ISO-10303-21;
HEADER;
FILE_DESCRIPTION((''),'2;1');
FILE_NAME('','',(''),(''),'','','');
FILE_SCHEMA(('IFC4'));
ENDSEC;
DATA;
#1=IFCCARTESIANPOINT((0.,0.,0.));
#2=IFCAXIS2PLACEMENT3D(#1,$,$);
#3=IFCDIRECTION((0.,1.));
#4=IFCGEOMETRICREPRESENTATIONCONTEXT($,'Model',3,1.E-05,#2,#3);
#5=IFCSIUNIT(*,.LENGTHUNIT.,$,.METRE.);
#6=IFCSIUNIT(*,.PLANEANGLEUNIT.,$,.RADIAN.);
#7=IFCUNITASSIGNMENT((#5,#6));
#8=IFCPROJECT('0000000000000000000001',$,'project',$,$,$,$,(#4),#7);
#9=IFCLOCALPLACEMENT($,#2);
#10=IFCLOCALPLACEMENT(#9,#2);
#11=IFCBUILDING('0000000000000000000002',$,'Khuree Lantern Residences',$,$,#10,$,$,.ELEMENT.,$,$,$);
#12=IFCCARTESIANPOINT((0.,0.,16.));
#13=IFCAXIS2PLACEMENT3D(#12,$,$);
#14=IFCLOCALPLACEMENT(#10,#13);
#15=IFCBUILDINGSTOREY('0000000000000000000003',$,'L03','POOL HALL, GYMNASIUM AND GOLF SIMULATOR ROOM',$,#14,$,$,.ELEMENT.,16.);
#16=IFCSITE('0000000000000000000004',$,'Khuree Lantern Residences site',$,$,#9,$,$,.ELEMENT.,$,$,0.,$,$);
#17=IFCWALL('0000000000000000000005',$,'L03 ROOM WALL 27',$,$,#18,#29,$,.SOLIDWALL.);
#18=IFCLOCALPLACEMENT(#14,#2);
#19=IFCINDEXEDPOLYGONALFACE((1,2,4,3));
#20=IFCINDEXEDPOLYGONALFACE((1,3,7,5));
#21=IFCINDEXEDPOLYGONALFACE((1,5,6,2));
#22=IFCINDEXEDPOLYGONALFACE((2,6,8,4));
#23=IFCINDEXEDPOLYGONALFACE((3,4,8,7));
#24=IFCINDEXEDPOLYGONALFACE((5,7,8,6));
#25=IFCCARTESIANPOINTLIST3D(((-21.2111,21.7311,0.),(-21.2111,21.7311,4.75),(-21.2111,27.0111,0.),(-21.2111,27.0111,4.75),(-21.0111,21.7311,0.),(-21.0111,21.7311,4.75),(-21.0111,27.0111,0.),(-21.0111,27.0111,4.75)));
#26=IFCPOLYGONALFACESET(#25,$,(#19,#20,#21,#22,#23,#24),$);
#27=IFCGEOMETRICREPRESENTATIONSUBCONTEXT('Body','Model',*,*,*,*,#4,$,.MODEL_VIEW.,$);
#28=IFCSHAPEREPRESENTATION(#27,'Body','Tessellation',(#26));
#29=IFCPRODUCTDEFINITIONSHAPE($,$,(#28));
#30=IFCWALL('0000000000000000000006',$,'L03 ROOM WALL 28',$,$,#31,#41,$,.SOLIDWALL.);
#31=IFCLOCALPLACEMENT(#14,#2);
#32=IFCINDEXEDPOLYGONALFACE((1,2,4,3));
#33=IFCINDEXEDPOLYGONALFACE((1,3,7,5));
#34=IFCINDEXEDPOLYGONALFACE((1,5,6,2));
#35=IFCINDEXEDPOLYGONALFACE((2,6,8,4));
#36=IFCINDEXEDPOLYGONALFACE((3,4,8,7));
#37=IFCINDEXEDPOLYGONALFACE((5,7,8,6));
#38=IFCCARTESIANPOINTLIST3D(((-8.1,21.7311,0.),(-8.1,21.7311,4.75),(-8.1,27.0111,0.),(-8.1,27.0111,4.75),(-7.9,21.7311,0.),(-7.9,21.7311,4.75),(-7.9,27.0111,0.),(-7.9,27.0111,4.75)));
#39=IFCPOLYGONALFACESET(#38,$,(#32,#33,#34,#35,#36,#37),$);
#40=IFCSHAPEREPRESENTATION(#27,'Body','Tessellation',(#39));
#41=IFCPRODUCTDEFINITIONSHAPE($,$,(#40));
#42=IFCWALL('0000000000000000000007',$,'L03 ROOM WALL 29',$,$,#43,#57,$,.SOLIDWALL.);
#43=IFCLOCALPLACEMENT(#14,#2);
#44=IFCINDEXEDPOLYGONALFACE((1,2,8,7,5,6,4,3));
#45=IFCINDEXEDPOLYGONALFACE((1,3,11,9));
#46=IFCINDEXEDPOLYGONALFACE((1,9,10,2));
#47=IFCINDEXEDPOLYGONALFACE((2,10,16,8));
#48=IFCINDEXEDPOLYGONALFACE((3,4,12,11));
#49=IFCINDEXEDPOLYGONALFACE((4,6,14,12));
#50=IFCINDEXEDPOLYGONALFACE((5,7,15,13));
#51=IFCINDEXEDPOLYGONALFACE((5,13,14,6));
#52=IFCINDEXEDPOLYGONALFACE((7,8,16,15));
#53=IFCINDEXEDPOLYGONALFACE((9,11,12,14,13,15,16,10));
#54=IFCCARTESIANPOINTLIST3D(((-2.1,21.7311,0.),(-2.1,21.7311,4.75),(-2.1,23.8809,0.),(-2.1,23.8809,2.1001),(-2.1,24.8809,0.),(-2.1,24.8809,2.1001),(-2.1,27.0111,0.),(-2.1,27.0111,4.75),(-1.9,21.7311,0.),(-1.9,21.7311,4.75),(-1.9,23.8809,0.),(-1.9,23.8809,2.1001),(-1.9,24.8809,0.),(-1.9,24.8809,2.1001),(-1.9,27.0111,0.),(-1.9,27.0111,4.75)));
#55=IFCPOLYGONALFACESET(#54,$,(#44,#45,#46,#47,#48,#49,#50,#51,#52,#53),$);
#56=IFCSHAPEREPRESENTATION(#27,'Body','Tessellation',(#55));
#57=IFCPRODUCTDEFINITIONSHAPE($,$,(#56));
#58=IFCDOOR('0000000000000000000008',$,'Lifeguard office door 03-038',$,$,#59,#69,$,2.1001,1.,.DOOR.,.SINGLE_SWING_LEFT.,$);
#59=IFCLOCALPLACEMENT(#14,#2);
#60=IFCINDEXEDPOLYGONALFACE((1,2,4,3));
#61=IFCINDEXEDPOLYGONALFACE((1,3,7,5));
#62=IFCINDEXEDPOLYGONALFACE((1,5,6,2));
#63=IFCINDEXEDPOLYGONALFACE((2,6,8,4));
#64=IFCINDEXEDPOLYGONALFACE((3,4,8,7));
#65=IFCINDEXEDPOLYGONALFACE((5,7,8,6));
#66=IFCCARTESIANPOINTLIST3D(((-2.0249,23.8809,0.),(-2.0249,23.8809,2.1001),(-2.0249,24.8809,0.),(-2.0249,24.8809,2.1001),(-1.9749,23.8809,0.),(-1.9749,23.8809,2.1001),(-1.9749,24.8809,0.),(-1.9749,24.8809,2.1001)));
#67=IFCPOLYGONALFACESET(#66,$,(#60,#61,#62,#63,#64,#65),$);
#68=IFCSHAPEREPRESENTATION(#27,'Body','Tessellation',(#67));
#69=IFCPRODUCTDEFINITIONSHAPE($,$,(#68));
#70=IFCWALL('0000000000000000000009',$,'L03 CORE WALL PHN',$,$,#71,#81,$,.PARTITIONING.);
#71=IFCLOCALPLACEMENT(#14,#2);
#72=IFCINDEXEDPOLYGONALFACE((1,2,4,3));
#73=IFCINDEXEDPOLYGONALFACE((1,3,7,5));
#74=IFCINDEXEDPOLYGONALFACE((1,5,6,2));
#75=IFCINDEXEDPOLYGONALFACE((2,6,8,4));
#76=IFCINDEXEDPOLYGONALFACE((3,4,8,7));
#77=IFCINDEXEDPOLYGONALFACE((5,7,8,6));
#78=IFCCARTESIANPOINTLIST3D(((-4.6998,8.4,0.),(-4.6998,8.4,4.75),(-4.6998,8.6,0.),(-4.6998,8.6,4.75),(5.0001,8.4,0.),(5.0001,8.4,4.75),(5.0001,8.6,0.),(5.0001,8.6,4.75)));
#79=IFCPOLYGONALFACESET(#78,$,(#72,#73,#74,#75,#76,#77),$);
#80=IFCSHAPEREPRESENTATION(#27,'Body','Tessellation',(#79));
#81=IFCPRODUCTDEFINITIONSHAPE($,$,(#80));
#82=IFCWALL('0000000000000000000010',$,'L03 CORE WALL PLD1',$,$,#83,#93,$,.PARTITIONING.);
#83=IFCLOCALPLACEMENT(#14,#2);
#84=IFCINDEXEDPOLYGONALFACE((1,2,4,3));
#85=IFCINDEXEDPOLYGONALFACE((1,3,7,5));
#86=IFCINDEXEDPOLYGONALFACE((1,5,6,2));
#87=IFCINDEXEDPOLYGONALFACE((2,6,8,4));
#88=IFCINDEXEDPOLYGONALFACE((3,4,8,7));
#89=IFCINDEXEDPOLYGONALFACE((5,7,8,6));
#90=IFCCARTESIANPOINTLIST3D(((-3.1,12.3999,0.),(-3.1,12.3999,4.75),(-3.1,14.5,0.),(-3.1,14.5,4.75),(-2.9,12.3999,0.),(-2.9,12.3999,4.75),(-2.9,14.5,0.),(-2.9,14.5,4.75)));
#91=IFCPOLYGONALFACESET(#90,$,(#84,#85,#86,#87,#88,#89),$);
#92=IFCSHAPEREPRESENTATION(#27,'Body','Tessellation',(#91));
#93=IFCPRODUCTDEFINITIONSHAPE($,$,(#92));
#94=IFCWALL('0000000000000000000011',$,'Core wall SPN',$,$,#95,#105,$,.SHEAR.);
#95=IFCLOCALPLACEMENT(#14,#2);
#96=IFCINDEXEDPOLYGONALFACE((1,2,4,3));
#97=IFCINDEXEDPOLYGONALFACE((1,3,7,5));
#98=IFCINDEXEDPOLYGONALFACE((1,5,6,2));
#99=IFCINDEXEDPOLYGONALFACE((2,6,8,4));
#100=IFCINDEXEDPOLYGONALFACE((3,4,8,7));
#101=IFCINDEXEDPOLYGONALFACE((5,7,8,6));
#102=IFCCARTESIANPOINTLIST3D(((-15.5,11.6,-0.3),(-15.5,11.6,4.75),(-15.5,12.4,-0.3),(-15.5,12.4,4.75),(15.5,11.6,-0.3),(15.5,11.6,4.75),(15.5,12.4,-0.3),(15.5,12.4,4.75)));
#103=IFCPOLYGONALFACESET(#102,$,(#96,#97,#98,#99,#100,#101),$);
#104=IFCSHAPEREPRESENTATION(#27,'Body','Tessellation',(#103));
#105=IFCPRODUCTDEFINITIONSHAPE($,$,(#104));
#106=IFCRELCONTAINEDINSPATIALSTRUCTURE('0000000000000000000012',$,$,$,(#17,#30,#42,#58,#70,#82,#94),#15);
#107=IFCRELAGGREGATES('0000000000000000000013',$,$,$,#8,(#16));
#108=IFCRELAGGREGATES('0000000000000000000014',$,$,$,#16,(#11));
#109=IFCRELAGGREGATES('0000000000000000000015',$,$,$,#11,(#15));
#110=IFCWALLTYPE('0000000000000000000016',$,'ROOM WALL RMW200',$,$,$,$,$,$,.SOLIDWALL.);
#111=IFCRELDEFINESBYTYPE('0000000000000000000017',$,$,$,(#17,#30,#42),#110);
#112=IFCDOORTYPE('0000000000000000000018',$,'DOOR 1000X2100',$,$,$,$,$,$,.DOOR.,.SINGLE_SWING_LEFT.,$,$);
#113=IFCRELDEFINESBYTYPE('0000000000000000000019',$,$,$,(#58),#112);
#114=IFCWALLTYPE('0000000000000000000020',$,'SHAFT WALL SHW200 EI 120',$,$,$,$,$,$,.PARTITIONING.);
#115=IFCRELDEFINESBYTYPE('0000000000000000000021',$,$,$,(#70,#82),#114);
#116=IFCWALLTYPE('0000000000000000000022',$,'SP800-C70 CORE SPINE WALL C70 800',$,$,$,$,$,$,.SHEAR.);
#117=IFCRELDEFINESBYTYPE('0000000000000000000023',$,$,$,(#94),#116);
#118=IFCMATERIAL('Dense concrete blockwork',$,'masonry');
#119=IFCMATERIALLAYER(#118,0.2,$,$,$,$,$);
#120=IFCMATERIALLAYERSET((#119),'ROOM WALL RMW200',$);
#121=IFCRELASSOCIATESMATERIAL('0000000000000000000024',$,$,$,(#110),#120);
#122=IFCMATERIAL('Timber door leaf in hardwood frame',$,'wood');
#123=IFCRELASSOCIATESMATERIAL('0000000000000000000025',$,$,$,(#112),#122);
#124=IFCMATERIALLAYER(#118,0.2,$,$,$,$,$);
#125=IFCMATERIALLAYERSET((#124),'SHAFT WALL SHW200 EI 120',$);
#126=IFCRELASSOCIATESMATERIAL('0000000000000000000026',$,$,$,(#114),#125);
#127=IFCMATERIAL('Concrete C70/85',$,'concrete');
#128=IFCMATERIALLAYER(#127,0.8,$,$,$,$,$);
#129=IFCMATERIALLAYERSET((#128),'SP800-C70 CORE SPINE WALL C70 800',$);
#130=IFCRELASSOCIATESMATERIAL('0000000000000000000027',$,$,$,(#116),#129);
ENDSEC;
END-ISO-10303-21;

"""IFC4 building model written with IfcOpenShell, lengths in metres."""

from ifc_helpers import new_model, si_unit, direction, frame, frame_2d, origin, place, context, subcontext, project, spatial, rectangle, extrude, material, layer, layer_set, type_object, element, fill, save


model = new_model("IFC4")

# Units and contexts
model_context = context("Model", 3, precision=1e-05, world=origin(), true_north=direction((0.0, 1.0)))
body_context = subcontext(model_context, "Body", "Model", "MODEL_VIEW")
ifc_project = project(units=[si_unit("LENGTHUNIT", "METRE"), si_unit("PLANEANGLEUNIT", "RADIAN")], contexts=[model_context])

# Site, building, storey
site_placement = place(None, origin())
site = spatial("IfcSite", under=ifc_project, at=site_placement, Name="Khuree Lantern Residences site", CompositionType="ELEMENT", RefElevation=0.0)
building_placement = place(site_placement, origin())
building = spatial("IfcBuilding", under=site, at=building_placement, Name="Khuree Lantern Residences", CompositionType="ELEMENT")
storey_placement = place(building_placement, frame((0.0, 0.0, 16.0)))
storey = spatial("IfcBuildingStorey", under=building, at=storey_placement, Name="L03", Description="POOL HALL, GYMNASIUM AND GOLF SIMULATOR ROOM", CompositionType="ELEMENT", Elevation=16.0)

# Shared definitions
ifc_material_1 = material(Name="Concrete C70/85", Category="concrete")

# Shared definitions
ifc_material_2 = material(Name="Dense concrete blockwork", Category="masonry")

# Shared definitions
ifc_layer_1 = layer(ifc_material_2, 0.2)
ifc_layer_set_1 = layer_set([ifc_layer_1], Name="ROOM WALL RMW200")
wall_type_1 = type_object("IfcWallType", Name="ROOM WALL RMW200", PredefinedType="SOLIDWALL", material=ifc_layer_set_1)

# Shared definitions
ifc_material_3 = material(Name="Timber door leaf in hardwood frame", Category="wood")
door_type_1 = type_object("IfcDoorType", Name="DOOR 1000X2100", OperationType="SINGLE_SWING_LEFT", PredefinedType="DOOR", material=ifc_material_3)

# Walls
for number, where, z_axis, x_axis, name in (
    (1, (-21.1111, 21.731, 0.0), (0.0, 0.0, 1.0), (0.0, 1.0, 0.0), "L03 ROOM WALL 27"),
    (2, (-8.0, 21.731, 0.0), (0.0, 0.0, 1.0), (0.0, 1.0, 0.0), "L03 ROOM WALL 28"),
):
    element("IfcWall", number, at=place(storey_placement, frame(where, z_axis=z_axis, x_axis=x_axis)), inside=storey, type_object=wall_type_1, Name=name, PredefinedType="SOLIDWALL", context=body_context, shape_type="SweptSolid", body=[
        extrude(rectangle(XDim=5.28, YDim=0.2, at=frame_2d((2.6401, 0.0))), origin(), (0.0, 0.0, 1.0), 4.75),
    ])

# Wall, opening, door
wall_1_placement = place(storey_placement, frame((-2.0, 21.731, 0.0), z_axis=(0.0, 0.0, 1.0), x_axis=(0.0, 1.0, 0.0)))
wall_1 = element("IfcWall", 3, at=wall_1_placement, inside=storey, type_object=wall_type_1, Name="L03 ROOM WALL 29", PredefinedType="SOLIDWALL", context=body_context, shape_type="SweptSolid", body=[
    extrude(rectangle(XDim=5.28, YDim=0.2, at=frame_2d((2.6401, 0.0))), origin(), (0.0, 0.0, 1.0), 4.75),
])
opening_1_placement = place(wall_1_placement, frame((2.1499, 0.0, 0.0)))
opening_1 = element("IfcOpeningElement", 4, at=opening_1_placement, cuts=wall_1, PredefinedType="OPENING", context=body_context, shape_type="SweptSolid", body=[
    extrude(rectangle(XDim=1.0, YDim=2.1001, at=frame_2d((0.5, 1.05))), frame((0.0, 0.1099, 0.0), z_axis=(0.0, -1.0, 0.0), x_axis=(1.0, 0.0, 0.0)), (0.0, 0.0, 1.0), 0.22),
])
door_1_placement = place(opening_1_placement, origin())
door_1 = element("IfcDoor", 5, at=door_1_placement, inside=storey, type_object=door_type_1, Name="Lifeguard office door 03-038", OperationType="SINGLE_SWING_LEFT", OverallHeight=2.1001, OverallWidth=1.0, PredefinedType="DOOR", context=body_context, shape_type="SweptSolid", body=[
    extrude(rectangle(XDim=1.0, YDim=2.1001, at=frame_2d((0.5, 1.05))), frame((0.0, 0.0249, 0.0), z_axis=(0.0, -1.0, 0.0), x_axis=(1.0, 0.0, 0.0)), (0.0, 0.0, 1.0), 0.05),
])
fill(opening_1, door_1)

# Walls
ifc_layer_2 = layer(ifc_material_2, 0.2)
ifc_layer_set_2 = layer_set([ifc_layer_2], Name="SHAFT WALL SHW200 EI 120")
wall_type_2 = type_object("IfcWallType", Name="SHAFT WALL SHW200 EI 120", PredefinedType="PARTITIONING", material=ifc_layer_set_2)
wall_2_placement = place(storey_placement, frame((-4.7, 8.5, 0.0), z_axis=(0.0, 0.0, 1.0), x_axis=(1.0, 0.0, 0.0)))
element("IfcWall", 6, at=wall_2_placement, inside=storey, type_object=wall_type_2, Name="L03 CORE WALL PHN", PredefinedType="PARTITIONING", context=body_context, shape_type="SweptSolid", body=[
    extrude(rectangle(XDim=9.7, YDim=0.2, at=frame_2d((4.8501, 0.0))), origin(), (0.0, 0.0, 1.0), 4.75),
])
wall_3_placement = place(storey_placement, frame((-3.0, 12.3999, 0.0), z_axis=(0.0, 0.0, 1.0), x_axis=(0.0, 1.0, 0.0)))
element("IfcWall", 7, at=wall_3_placement, inside=storey, type_object=wall_type_2, Name="L03 CORE WALL PLD1", PredefinedType="PARTITIONING", context=body_context, shape_type="SweptSolid", body=[
    extrude(rectangle(XDim=2.1001, YDim=0.2, at=frame_2d((1.05, 0.0))), origin(), (0.0, 0.0, 1.0), 4.75),
])
ifc_layer_3 = layer(ifc_material_1, 0.8)
ifc_layer_set_3 = layer_set([ifc_layer_3], Name="SP800-C70 CORE SPINE WALL C70 800")
wall_type_3 = type_object("IfcWallType", Name="SP800-C70 CORE SPINE WALL C70 800", PredefinedType="SHEAR", material=ifc_layer_set_3)
wall_4_placement = place(storey_placement, frame((-15.5, 12.0, -0.3), z_axis=(0.0, 0.0, 1.0), x_axis=(1.0, 0.0, 0.0)))
element("IfcWall", 8, at=wall_4_placement, inside=storey, type_object=wall_type_3, Name="Core wall SPN", PredefinedType="SHEAR", context=body_context, shape_type="SweptSolid", body=[
    extrude(rectangle(XDim=31.0, YDim=0.8, at=frame_2d((15.5, 0.0))), origin(), (0.0, 0.0, 1.0), 5.05),
])

save(model, "model.ifc")
